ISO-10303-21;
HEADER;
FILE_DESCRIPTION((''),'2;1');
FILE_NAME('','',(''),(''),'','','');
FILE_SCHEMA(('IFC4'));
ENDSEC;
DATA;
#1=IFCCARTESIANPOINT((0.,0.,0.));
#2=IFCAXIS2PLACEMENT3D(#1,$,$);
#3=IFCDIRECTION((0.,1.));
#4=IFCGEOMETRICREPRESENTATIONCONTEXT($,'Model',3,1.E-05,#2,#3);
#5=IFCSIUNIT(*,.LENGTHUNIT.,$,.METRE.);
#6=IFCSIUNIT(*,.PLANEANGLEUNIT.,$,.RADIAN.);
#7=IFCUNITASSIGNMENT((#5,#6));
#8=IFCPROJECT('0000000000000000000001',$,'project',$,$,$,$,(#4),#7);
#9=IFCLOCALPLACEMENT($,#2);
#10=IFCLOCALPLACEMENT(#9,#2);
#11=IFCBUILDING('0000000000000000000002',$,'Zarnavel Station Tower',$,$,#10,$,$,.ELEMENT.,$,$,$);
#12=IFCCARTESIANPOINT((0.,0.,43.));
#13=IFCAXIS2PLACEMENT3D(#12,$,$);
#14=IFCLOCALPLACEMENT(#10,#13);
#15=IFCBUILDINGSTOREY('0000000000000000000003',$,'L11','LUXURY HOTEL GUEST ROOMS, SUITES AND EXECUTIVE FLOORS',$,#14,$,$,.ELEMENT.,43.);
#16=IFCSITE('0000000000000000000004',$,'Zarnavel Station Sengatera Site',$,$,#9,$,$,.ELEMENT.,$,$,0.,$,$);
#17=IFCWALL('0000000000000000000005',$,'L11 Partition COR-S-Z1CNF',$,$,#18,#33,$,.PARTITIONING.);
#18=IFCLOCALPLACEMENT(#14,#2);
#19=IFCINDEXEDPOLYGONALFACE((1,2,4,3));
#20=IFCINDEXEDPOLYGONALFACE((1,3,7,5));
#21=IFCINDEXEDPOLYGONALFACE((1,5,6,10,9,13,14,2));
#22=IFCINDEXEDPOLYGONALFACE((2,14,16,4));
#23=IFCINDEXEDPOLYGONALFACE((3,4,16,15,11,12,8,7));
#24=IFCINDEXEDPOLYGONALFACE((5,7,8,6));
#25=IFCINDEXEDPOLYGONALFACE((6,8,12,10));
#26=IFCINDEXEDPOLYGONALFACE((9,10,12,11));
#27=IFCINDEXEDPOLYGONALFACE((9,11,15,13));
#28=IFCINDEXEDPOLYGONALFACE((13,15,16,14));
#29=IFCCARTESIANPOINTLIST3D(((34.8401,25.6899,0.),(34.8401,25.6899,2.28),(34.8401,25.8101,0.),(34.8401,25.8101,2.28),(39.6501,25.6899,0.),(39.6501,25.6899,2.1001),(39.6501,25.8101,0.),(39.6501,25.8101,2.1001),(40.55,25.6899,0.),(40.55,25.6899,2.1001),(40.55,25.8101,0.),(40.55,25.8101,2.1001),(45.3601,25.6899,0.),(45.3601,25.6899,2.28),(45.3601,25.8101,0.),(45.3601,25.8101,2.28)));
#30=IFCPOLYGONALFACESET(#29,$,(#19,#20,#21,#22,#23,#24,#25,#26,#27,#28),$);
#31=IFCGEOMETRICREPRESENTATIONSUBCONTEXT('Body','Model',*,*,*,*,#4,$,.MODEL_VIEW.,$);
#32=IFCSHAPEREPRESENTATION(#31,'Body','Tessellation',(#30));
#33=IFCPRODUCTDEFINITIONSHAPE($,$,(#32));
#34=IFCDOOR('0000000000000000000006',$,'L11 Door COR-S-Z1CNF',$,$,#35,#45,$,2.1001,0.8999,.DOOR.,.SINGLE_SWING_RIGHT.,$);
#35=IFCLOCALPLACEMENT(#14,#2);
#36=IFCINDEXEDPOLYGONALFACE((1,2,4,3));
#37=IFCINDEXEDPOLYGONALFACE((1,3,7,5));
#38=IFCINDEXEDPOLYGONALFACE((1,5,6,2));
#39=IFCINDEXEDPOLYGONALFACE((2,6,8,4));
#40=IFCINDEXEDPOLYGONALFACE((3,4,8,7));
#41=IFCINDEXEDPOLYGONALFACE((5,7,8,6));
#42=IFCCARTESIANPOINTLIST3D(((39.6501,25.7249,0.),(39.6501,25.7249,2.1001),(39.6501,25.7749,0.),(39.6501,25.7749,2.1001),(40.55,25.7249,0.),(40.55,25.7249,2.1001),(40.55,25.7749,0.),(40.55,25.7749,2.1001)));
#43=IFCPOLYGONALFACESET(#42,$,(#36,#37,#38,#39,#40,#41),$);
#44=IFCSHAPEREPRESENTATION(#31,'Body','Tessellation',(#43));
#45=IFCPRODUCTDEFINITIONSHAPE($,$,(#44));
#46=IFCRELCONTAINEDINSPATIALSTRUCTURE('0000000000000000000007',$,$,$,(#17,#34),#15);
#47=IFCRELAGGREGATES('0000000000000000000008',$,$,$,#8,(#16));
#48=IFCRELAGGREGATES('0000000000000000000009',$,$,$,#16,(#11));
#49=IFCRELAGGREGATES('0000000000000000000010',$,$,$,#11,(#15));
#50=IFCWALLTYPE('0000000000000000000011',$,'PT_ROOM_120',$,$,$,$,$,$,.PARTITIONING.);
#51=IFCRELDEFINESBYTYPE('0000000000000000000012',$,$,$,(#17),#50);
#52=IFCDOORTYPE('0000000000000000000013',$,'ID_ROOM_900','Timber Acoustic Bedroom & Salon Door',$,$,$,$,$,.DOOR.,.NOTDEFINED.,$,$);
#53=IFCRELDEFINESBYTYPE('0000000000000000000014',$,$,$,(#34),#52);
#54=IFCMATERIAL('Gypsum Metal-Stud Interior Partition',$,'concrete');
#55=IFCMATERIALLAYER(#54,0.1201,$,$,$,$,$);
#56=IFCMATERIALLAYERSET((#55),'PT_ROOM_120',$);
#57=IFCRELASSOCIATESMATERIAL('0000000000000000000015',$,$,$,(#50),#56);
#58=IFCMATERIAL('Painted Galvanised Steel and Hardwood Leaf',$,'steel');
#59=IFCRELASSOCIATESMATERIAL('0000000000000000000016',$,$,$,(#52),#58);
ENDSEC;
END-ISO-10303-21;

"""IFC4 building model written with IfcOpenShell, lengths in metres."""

from ifc_helpers import new_model, si_unit, direction, frame, frame_2d, origin, place, context, subcontext, project, spatial, rectangle, extrude, material, layer, layer_set, type_object, element, fill, save


model = new_model("IFC4")

# Units and contexts
model_context = context("Model", 3, precision=1e-05, world=origin(), true_north=direction((0.0, 1.0)))
body_context = subcontext(model_context, "Body", "Model", "MODEL_VIEW")
ifc_project = project(units=[si_unit("LENGTHUNIT", "METRE"), si_unit("PLANEANGLEUNIT", "RADIAN")], contexts=[model_context])

# Site, building, storey
site_placement = place(None, origin())
site = spatial("IfcSite", under=ifc_project, at=site_placement, Name="Zarnavel Station Sengatera Site", CompositionType="ELEMENT", RefElevation=0.0)
building_placement = place(site_placement, origin())
building = spatial("IfcBuilding", under=site, at=building_placement, Name="Zarnavel Station Tower", CompositionType="ELEMENT")
storey_placement = place(building_placement, frame((0.0, 0.0, 43.0)))
storey = spatial("IfcBuildingStorey", under=building, at=storey_placement, Name="L11", Description="LUXURY HOTEL GUEST ROOMS, SUITES AND EXECUTIVE FLOORS", CompositionType="ELEMENT", Elevation=43.0)

# Wall, opening, door
ifc_material_1 = material(Name="Gypsum Metal-Stud Interior Partition", Category="concrete")
ifc_layer_1 = layer(ifc_material_1, 0.1201)
ifc_layer_set_1 = layer_set([ifc_layer_1], Name="PT_ROOM_120")
wall_type_1 = type_object("IfcWallType", Name="PT_ROOM_120", PredefinedType="PARTITIONING", material=ifc_layer_set_1)
wall_1_placement = place(storey_placement, frame((34.8401, 25.75, 0.0), z_axis=(0.0, 0.0, 1.0), x_axis=(1.0, 0.0, 0.0)))
wall_1 = element("IfcWall", 1, at=wall_1_placement, inside=storey, type_object=wall_type_1, Name="L11 Partition COR-S-Z1CNF", PredefinedType="PARTITIONING", context=body_context, shape_type="SweptSolid", body=[
    extrude(rectangle(XDim=10.52, YDim=0.1201, at=frame_2d((5.26, 0.0))), origin(), (0.0, 0.0, 1.0), 2.28),
])
opening_placement = place(wall_1_placement, frame((4.8101, 0.0, 0.0)))
opening = element("IfcOpeningElement", 2, at=opening_placement, cuts=wall_1, PredefinedType="OPENING", context=body_context, shape_type="SweptSolid", body=[
    extrude(rectangle(XDim=0.8999, YDim=2.1001, at=frame_2d((0.45, 1.05))), frame((0.0, 0.0701, 0.0), z_axis=(0.0, -1.0, 0.0), x_axis=(1.0, 0.0, 0.0)), (0.0, 0.0, 1.0), 0.1401),
])
ifc_material_2 = material(Name="Painted Galvanised Steel and Hardwood Leaf", Category="steel")
door_type = type_object("IfcDoorType", Name="ID_ROOM_900", Description="Timber Acoustic Bedroom & Salon Door", OperationType="NOTDEFINED", PredefinedType="DOOR", material=ifc_material_2)
door_placement = place(opening_placement, origin())
door = element("IfcDoor", 3, at=door_placement, inside=storey, type_object=door_type, Name="L11 Door COR-S-Z1CNF", OperationType="SINGLE_SWING_RIGHT", OverallHeight=2.1001, OverallWidth=0.8999, PredefinedType="DOOR", context=body_context, shape_type="SweptSolid", body=[
    extrude(rectangle(XDim=0.8999, YDim=2.1001, at=frame_2d((0.45, 1.05))), frame((0.0, 0.0249, 0.0), z_axis=(0.0, -1.0, 0.0), x_axis=(1.0, 0.0, 0.0)), (0.0, 0.0, 1.0), 0.05),
])
fill(opening, door)

save(model, "model.ifc")
